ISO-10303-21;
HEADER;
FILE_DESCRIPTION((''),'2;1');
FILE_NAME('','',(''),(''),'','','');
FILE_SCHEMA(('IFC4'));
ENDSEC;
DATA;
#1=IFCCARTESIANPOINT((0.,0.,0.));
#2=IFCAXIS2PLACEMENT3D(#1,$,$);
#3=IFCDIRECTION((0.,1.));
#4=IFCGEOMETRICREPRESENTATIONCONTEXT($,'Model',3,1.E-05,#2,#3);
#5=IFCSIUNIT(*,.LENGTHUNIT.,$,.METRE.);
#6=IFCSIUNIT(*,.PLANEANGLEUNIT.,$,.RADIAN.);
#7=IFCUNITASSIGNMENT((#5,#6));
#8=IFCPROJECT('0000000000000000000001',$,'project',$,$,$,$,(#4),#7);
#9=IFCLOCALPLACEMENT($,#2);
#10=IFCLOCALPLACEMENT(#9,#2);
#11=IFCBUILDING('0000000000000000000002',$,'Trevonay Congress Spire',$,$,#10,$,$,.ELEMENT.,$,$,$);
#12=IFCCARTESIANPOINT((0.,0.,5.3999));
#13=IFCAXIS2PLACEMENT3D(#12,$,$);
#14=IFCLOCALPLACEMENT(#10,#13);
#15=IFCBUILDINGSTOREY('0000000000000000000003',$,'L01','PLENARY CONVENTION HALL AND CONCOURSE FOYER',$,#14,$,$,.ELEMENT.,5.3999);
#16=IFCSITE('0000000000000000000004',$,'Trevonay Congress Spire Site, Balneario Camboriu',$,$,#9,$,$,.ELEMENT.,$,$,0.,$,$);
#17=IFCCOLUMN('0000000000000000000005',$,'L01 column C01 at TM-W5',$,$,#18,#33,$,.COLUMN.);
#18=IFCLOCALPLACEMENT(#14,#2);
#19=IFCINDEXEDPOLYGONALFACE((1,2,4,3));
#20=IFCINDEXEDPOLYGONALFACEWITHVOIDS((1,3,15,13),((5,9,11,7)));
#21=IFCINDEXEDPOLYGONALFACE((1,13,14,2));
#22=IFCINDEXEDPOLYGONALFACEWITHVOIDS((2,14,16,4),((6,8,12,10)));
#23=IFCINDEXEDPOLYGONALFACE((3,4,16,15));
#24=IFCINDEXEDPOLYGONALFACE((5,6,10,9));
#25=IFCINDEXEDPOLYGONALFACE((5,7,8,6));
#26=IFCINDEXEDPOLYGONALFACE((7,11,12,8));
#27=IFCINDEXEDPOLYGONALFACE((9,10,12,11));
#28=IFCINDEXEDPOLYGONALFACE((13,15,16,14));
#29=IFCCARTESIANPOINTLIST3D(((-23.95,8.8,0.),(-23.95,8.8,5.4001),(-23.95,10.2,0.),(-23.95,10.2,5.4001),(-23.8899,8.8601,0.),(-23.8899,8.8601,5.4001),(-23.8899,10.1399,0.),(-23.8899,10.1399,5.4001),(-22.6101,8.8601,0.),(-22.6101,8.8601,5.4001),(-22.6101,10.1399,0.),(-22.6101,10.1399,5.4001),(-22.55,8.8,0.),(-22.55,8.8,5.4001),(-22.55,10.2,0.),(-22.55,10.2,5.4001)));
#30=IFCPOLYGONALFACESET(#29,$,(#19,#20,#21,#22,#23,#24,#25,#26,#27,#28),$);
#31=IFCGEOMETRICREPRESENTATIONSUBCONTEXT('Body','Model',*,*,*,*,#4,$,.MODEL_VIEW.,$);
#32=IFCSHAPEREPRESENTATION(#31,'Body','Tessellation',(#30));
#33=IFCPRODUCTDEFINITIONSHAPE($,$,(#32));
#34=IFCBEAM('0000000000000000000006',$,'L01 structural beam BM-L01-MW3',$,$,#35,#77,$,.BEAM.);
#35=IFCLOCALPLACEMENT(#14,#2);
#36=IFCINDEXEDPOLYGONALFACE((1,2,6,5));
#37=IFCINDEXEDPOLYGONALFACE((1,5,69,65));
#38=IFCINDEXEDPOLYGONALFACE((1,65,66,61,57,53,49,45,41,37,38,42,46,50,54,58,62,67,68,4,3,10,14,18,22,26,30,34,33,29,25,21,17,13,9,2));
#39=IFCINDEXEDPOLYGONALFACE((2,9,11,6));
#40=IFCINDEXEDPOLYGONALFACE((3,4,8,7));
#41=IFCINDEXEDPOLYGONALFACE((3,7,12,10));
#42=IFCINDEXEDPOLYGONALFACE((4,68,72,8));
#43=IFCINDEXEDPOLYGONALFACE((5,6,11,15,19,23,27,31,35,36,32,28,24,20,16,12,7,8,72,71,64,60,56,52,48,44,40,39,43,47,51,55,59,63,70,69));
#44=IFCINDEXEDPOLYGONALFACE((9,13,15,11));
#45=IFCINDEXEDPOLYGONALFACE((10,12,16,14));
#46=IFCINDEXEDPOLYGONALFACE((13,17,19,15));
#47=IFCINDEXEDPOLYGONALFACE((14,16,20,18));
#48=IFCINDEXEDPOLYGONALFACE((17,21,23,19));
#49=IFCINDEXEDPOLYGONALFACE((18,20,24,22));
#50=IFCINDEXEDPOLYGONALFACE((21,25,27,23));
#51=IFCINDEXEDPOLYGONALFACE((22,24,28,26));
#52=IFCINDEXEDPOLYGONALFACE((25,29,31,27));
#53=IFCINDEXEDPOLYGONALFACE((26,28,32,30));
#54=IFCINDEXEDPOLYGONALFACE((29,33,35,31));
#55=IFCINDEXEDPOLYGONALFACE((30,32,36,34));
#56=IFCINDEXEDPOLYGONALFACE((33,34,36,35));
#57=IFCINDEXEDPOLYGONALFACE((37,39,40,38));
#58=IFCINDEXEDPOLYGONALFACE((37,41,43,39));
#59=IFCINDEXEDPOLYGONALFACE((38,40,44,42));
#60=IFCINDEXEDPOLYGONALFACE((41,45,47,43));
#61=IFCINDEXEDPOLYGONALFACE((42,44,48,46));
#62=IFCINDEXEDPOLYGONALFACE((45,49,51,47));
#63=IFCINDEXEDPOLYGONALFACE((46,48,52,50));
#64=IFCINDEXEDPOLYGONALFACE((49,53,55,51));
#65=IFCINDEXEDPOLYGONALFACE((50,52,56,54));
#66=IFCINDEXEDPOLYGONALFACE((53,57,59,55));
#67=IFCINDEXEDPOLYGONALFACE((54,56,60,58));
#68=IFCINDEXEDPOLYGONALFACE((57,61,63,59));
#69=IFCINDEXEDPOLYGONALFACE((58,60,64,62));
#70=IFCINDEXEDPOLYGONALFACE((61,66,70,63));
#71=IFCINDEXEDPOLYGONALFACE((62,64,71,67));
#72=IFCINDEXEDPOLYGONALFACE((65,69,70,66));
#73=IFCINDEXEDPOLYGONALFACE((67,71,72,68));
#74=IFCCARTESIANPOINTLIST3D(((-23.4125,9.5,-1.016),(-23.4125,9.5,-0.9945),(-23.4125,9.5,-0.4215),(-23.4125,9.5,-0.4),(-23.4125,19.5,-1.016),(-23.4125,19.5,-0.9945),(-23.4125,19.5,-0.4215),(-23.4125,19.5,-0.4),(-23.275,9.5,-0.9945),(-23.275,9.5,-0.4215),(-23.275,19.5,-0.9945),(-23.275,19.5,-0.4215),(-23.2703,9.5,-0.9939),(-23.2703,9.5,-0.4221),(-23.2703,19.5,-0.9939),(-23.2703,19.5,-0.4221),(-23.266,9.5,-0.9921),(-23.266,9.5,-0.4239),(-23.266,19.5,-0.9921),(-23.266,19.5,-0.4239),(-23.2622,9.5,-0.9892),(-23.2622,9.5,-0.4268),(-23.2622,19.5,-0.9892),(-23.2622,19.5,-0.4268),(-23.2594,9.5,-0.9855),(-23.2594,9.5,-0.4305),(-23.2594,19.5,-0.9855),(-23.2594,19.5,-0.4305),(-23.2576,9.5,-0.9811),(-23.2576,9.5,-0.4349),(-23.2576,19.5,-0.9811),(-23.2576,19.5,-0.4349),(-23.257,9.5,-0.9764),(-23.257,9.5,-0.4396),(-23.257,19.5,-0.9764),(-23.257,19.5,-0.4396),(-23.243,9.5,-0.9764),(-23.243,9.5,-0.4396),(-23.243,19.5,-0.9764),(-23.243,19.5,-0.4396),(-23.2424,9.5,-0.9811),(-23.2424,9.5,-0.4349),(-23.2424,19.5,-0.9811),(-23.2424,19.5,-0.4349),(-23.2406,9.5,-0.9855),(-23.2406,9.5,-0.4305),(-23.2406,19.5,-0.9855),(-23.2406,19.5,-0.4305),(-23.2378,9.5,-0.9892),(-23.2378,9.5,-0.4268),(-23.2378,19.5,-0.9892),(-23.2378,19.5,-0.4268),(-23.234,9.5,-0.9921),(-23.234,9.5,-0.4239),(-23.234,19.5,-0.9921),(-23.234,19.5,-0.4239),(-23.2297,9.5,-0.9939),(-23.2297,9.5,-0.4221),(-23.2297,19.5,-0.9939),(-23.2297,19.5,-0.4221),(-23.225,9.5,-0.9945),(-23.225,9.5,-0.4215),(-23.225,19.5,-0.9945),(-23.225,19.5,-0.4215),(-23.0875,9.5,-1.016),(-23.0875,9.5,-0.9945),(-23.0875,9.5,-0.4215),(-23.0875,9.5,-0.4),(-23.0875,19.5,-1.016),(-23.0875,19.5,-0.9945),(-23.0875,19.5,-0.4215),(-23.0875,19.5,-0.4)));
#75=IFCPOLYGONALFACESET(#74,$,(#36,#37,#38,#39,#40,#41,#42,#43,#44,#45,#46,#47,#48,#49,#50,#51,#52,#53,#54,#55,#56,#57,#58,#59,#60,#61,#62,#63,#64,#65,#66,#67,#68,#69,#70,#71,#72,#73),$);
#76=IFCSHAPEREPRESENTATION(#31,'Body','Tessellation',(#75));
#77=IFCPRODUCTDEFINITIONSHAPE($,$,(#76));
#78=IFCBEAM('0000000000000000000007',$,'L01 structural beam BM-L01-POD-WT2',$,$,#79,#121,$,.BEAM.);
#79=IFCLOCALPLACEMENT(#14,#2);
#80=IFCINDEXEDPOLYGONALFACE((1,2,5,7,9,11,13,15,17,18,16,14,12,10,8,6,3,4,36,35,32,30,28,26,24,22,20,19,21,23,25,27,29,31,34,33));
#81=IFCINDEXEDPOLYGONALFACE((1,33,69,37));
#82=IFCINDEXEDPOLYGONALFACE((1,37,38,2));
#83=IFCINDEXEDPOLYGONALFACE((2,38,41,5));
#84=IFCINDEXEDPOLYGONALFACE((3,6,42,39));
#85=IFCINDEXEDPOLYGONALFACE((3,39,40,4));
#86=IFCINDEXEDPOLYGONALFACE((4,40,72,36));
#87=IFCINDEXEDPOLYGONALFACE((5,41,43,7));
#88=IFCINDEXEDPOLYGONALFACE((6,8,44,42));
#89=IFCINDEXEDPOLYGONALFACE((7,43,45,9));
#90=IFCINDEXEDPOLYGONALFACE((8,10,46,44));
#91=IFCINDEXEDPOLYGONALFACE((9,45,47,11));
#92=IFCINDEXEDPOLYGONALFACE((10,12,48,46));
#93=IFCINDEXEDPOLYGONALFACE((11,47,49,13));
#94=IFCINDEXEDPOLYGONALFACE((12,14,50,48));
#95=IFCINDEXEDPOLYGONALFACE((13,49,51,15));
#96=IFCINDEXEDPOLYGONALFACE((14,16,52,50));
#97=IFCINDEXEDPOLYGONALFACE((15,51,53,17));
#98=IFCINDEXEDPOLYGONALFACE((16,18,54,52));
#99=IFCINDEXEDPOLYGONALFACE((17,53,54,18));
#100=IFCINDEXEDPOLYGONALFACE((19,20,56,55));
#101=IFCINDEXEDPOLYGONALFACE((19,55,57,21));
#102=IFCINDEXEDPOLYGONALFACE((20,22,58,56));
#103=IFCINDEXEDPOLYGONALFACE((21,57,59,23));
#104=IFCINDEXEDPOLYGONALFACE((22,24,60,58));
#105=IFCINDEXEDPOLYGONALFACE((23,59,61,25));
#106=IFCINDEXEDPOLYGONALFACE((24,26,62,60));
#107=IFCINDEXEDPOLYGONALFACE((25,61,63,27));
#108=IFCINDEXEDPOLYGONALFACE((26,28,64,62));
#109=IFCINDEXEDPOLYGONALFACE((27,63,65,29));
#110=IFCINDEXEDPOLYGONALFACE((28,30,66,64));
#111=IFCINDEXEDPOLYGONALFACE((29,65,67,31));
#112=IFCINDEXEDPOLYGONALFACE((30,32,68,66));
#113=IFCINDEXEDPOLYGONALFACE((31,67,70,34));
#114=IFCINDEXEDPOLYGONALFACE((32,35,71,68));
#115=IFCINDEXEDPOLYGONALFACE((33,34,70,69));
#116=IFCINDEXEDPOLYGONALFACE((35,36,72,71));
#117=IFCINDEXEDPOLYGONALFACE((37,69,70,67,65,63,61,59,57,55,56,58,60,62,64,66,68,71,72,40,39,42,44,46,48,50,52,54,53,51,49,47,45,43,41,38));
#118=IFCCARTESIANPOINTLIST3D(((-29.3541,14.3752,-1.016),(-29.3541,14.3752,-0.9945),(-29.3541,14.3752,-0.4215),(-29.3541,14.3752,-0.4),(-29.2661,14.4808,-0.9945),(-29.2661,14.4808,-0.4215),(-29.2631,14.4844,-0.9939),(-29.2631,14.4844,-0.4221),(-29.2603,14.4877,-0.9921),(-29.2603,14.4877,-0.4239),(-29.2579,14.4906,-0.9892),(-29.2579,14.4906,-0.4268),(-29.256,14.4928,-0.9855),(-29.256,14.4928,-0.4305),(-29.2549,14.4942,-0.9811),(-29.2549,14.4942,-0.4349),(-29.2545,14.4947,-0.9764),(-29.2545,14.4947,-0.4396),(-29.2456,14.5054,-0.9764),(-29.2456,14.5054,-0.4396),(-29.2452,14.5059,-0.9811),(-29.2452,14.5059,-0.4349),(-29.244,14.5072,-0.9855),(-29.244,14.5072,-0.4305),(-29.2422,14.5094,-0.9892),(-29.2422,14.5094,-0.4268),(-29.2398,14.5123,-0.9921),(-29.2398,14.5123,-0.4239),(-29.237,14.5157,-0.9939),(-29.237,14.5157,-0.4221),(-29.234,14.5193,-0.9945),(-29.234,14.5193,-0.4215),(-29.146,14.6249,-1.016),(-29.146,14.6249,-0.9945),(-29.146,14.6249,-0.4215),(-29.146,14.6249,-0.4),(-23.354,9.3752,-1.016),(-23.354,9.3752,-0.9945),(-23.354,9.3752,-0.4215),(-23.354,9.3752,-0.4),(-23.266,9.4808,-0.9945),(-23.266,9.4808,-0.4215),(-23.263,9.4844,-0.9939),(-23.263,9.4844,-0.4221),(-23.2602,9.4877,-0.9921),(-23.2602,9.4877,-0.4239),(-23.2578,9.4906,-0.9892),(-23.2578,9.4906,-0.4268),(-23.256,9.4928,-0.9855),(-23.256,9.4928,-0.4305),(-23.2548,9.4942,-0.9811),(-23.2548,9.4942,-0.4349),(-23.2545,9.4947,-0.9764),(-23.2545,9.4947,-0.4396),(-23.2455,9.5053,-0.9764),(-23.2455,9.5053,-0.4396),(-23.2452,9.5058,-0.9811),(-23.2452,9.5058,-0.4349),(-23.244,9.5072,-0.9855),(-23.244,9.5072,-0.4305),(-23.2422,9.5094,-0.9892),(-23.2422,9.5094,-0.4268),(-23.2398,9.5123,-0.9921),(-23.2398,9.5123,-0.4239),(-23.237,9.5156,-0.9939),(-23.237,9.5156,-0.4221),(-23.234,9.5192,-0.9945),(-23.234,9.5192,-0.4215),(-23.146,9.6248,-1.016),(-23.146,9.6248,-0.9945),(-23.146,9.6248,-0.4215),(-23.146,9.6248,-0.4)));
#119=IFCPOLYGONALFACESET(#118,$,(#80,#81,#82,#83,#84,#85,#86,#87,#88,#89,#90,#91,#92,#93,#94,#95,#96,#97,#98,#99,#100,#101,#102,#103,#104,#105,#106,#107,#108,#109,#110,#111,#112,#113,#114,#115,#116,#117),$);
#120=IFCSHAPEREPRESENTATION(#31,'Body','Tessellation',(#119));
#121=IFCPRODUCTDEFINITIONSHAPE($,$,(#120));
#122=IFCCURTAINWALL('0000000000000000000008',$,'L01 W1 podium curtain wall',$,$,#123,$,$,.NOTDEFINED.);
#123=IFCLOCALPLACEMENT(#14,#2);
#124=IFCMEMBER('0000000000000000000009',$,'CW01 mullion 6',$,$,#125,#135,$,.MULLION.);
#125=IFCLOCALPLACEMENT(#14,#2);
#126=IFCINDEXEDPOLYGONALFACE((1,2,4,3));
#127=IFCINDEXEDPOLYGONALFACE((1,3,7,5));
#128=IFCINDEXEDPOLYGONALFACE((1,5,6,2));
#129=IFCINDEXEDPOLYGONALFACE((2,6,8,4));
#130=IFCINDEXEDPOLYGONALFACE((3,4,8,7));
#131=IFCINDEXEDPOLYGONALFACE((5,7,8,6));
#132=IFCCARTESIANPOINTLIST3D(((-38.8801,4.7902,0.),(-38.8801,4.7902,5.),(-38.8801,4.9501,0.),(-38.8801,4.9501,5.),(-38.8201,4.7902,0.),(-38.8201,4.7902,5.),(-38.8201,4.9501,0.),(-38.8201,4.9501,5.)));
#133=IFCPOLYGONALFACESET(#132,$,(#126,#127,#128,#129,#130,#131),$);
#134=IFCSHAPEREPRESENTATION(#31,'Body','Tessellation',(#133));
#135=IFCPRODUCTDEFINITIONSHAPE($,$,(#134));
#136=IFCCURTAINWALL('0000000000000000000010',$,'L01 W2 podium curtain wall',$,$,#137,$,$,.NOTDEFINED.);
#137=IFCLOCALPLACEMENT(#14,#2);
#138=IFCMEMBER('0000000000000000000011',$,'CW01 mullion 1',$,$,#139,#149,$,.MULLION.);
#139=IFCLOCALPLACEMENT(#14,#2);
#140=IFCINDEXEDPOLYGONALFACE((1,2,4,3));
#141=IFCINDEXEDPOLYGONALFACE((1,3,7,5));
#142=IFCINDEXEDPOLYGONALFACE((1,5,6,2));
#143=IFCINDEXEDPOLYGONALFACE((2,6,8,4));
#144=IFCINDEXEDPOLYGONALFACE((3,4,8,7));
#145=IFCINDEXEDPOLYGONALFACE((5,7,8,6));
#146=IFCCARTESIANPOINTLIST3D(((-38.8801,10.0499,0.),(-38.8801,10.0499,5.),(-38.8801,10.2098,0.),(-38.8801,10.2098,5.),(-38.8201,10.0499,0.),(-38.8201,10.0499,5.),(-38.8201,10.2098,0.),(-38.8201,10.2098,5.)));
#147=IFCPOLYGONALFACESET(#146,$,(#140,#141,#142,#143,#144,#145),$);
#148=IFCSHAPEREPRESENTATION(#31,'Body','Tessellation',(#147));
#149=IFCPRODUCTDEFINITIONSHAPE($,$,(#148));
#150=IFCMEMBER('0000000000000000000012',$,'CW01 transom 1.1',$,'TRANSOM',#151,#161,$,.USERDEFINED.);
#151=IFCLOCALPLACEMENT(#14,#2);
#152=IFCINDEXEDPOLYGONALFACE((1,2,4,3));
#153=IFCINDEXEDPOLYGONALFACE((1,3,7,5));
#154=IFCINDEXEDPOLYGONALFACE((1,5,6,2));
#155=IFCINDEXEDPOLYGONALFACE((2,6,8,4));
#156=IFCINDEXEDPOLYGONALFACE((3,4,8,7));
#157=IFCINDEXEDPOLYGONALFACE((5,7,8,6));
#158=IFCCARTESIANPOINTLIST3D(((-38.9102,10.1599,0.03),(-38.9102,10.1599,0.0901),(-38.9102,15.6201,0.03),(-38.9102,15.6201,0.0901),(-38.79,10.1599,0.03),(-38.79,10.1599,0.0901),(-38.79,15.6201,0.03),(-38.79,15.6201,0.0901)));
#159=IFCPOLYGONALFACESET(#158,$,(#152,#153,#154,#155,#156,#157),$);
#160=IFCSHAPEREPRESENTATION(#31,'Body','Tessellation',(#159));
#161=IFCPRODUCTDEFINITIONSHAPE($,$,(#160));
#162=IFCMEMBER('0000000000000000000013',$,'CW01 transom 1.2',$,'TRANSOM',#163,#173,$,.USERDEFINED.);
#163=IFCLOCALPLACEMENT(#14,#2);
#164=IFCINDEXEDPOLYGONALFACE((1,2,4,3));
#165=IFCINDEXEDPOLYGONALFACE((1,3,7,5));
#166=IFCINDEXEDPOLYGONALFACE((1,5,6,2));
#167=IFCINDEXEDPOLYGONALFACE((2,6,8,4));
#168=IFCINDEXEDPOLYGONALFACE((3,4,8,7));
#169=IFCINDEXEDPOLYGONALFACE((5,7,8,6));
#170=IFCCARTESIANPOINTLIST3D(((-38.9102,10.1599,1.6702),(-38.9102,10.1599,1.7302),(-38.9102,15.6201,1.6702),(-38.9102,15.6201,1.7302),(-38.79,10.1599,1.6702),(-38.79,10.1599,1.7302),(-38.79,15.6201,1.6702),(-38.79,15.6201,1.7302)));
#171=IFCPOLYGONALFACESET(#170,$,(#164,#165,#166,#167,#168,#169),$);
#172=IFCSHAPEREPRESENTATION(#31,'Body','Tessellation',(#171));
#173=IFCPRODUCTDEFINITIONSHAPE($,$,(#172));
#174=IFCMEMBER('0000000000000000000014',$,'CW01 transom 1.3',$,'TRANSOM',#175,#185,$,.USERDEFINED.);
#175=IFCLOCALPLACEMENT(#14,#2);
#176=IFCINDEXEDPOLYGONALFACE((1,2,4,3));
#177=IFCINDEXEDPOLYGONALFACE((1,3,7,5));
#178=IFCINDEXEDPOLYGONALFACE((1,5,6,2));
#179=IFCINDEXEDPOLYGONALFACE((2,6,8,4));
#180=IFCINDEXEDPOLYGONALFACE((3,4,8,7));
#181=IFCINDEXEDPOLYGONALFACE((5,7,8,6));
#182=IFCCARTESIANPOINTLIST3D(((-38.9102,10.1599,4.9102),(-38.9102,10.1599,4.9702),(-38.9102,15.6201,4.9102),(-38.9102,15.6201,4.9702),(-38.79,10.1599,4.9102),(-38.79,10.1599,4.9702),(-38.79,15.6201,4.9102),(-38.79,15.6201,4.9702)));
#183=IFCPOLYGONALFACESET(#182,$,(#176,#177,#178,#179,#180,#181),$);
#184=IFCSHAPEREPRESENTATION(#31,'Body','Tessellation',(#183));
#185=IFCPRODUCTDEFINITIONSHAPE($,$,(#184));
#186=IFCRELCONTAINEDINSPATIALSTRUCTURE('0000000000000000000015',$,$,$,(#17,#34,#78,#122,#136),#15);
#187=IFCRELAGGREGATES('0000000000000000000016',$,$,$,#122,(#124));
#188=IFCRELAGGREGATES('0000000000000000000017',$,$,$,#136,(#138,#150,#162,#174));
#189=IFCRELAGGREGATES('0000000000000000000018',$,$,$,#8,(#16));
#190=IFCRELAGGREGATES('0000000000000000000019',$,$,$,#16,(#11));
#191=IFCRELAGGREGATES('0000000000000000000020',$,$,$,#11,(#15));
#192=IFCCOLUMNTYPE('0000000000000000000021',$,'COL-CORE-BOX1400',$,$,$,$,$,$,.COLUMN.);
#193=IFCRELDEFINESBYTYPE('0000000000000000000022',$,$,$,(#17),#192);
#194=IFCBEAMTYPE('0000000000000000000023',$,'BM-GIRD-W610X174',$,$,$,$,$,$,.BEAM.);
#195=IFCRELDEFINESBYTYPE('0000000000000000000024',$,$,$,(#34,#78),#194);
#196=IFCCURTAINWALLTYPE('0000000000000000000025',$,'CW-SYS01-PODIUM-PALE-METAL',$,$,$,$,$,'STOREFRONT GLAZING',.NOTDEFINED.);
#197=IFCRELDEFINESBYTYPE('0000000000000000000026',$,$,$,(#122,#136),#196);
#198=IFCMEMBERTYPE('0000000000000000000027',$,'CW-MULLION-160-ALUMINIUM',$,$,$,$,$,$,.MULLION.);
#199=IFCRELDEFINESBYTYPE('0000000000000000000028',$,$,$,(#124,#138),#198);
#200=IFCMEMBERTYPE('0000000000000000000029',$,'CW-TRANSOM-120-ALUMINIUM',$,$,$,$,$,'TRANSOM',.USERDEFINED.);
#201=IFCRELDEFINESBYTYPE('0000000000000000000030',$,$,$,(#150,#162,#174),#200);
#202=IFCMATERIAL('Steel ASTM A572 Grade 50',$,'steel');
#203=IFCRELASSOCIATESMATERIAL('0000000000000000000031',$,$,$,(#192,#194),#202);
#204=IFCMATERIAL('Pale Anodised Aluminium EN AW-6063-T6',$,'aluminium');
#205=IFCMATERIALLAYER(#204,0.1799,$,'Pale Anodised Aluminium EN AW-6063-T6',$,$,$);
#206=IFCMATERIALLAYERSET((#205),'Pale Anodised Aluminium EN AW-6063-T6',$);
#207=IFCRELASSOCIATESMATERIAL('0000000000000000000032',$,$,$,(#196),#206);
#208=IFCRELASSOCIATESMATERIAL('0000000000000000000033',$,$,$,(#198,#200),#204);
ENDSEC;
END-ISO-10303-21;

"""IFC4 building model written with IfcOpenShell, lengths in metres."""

from ifc_helpers import new_model, si_unit, direction, frame, origin, origin_2d, place, context, subcontext, project, spatial, rectangle, hollow_rectangle, i_section, extrude, material, layer, layer_set, material_profile, profile_set, type_object, element, aggregate, save


model = new_model("IFC4")

# Units and contexts
model_context = context("Model", 3, precision=1e-05, world=origin(), true_north=direction((0.0, 1.0)))
body_context = subcontext(model_context, "Body", "Model", "MODEL_VIEW")
ifc_project = project(units=[si_unit("LENGTHUNIT", "METRE"), si_unit("PLANEANGLEUNIT", "RADIAN")], contexts=[model_context])

# Site, building, storey
site_placement = place(None, origin())
site = spatial("IfcSite", under=ifc_project, at=site_placement, Name="Trevonay Congress Spire Site, Balneario Camboriu", CompositionType="ELEMENT", RefElevation=0.0)
building_placement = place(site_placement, origin())
building = spatial("IfcBuilding", under=site, at=building_placement, Name="Trevonay Congress Spire", CompositionType="ELEMENT")
storey_placement = place(building_placement, frame((0.0, 0.0, 5.3999)))
storey = spatial("IfcBuildingStorey", under=building, at=storey_placement, Name="L01", Description="PLENARY CONVENTION HALL AND CONCOURSE FOYER", CompositionType="ELEMENT", Elevation=5.3999)

# Column
ifc_material_1 = material(Name="Steel ASTM A572 Grade 50", Category="steel")
ifc_material_profile_1 = material_profile(ifc_material_1, hollow_rectangle(XDim=1.3999, YDim=1.3999, WallThickness=0.0601, at=origin_2d()), Name="BOX 1400x1400x60")
ifc_profile_set_1 = profile_set([ifc_material_profile_1], Name="Steel ASTM A572 Grade 50")
column_type = type_object("IfcColumnType", Name="COL-CORE-BOX1400", PredefinedType="COLUMN", material=ifc_profile_set_1)
column_placement = place(storey_placement, frame((-23.25, 9.5, 0.0), z_axis=(0.0, 0.0, 1.0), x_axis=(1.0, 0.0, 0.0)))
element("IfcColumn", 1, at=column_placement, inside=storey, type_object=column_type, Name="L01 column C01 at TM-W5", PredefinedType="COLUMN", context=body_context, shape_type="SweptSolid", body=[
    extrude(hollow_rectangle(XDim=1.3999, YDim=1.3999, WallThickness=0.0601, at=origin_2d()), origin(), (0.0, 0.0, 1.0), 5.4001),
])

# Beams
ifc_material_profile_2 = material_profile(ifc_material_1, i_section(OverallWidth=0.325, OverallDepth=0.616, WebThickness=0.0139, FlangeThickness=0.0215, FilletRadius=0.0181, at=origin_2d()), Name="W610x174")
ifc_profile_set_2 = profile_set([ifc_material_profile_2], Name="Steel ASTM A572 Grade 50")
beam_type_1 = type_object("IfcBeamType", Name="BM-GIRD-W610X174", PredefinedType="BEAM", material=ifc_profile_set_2)
beam_1_placement = place(storey_placement, frame((-23.25, 9.5, -0.708), z_axis=(0.0, 1.0, 0.0), x_axis=(-1.0, 0.0, 0.0)))
element("IfcBeam", 2, at=beam_1_placement, inside=storey, type_object=beam_type_1, Name="L01 structural beam BM-L01-MW3", PredefinedType="BEAM", context=body_context, shape_type="SweptSolid", body=[
    extrude(i_section(OverallWidth=0.325, OverallDepth=0.616, WebThickness=0.0139, FlangeThickness=0.0215, FilletRadius=0.0181, at=origin_2d()), origin(), (0.0, 0.0, 1.0), 10.0),
])
beam_2_placement = place(storey_placement, frame((-23.25, 9.5, -0.708), z_axis=(-0.768221, 0.640184, 0.0), x_axis=(-0.640184, -0.768221, 0.0)))
element("IfcBeam", 3, at=beam_2_placement, inside=storey, type_object=beam_type_1, Name="L01 structural beam BM-L01-POD-WT2", PredefinedType="BEAM", context=body_context, shape_type="SweptSolid", body=[
    extrude(i_section(OverallWidth=0.325, OverallDepth=0.616, WebThickness=0.0139, FlangeThickness=0.0215, FilletRadius=0.0181, at=origin_2d()), origin(), (0.0, 0.0, 1.0), 7.8103),
])

# Curtain wall, member
ifc_material_2 = material(Name="Pale Anodised Aluminium EN AW-6063-T6", Category="aluminium")
ifc_layer_1 = layer(ifc_material_2, 0.1799, Name="Pale Anodised Aluminium EN AW-6063-T6")
ifc_layer_set_1 = layer_set([ifc_layer_1], Name="Pale Anodised Aluminium EN AW-6063-T6")
curtain_wall_type = type_object("IfcCurtainWallType", Name="CW-SYS01-PODIUM-PALE-METAL", ElementType="STOREFRONT GLAZING", PredefinedType="NOTDEFINED", material=ifc_layer_set_1)
curtain_wall_1_placement = place(storey_placement, origin())
curtain_wall_1 = element("IfcCurtainWall", 4, at=curtain_wall_1_placement, inside=storey, type_object=curtain_wall_type, Name="L01 W1 podium curtain wall", PredefinedType="NOTDEFINED")
ifc_material_profile_3 = material_profile(ifc_material_2, rectangle(XDim=0.0601, YDim=0.1599, at=origin_2d()), Name="CW-MULLION-160-ALUMINIUM")
ifc_profile_set_3 = profile_set([ifc_material_profile_3], Name="Pale Anodised Aluminium EN AW-6063-T6")
member_type_1 = type_object("IfcMemberType", Name="CW-MULLION-160-ALUMINIUM", PredefinedType="MULLION", material=ifc_profile_set_3)
member_1_placement = place(storey_placement, frame((-38.8501, 4.8701, 0.0), z_axis=(0.0, 0.0, 1.0), x_axis=(-1.0, 0.0, 0.0)))
member_1 = element("IfcMember", 5, at=member_1_placement, type_object=member_type_1, Name="CW01 mullion 6", PredefinedType="MULLION", context=body_context, shape_type="SweptSolid", body=[
    extrude(rectangle(XDim=0.0601, YDim=0.1599, at=origin_2d()), origin(), (0.0, 0.0, 1.0), 5.0),
])

# Curtain wall, members
curtain_wall_2_placement = place(storey_placement, origin())
curtain_wall_2 = element("IfcCurtainWall", 6, at=curtain_wall_2_placement, inside=storey, type_object=curtain_wall_type, Name="L01 W2 podium curtain wall", PredefinedType="NOTDEFINED")
member_2_placement = place(storey_placement, frame((-38.8501, 10.1299, 0.0), z_axis=(0.0, 0.0, 1.0), x_axis=(-1.0, 0.0, 0.0)))
member_2 = element("IfcMember", 7, at=member_2_placement, type_object=member_type_1, Name="CW01 mullion 1", PredefinedType="MULLION", context=body_context, shape_type="SweptSolid", body=[
    extrude(rectangle(XDim=0.0601, YDim=0.1599, at=origin_2d()), origin(), (0.0, 0.0, 1.0), 5.0),
])
ifc_material_profile_4 = material_profile(ifc_material_2, rectangle(XDim=0.1201, YDim=0.0601, at=origin_2d()), Name="CW-TRANSOM-120-ALUMINIUM")
ifc_profile_set_4 = profile_set([ifc_material_profile_4], Name="Pale Anodised Aluminium EN AW-6063-T6")
member_type_2 = type_object("IfcMemberType", Name="CW-TRANSOM-120-ALUMINIUM", ElementType="TRANSOM", PredefinedType="USERDEFINED", material=ifc_profile_set_4)
member_3_placement = place(storey_placement, frame((-38.8501, 10.1599, 0.0601), z_axis=(0.0, 1.0, 0.0), x_axis=(-1.0, 0.0, 0.0)))
member_3 = element("IfcMember", 8, at=member_3_placement, type_object=member_type_2, Name="CW01 transom 1.1", ObjectType="TRANSOM", PredefinedType="USERDEFINED", context=body_context, shape_type="SweptSolid", body=[
    extrude(rectangle(XDim=0.1201, YDim=0.0601, at=origin_2d()), origin(), (0.0, 0.0, 1.0), 5.4602),
])
member_4_placement = place(storey_placement, frame((-38.8501, 10.1599, 1.7002), z_axis=(0.0, 1.0, 0.0), x_axis=(-1.0, 0.0, 0.0)))
member_4 = element("IfcMember", 9, at=member_4_placement, type_object=member_type_2, Name="CW01 transom 1.2", ObjectType="TRANSOM", PredefinedType="USERDEFINED", context=body_context, shape_type="SweptSolid", body=[
    extrude(rectangle(XDim=0.1201, YDim=0.0601, at=origin_2d()), origin(), (0.0, 0.0, 1.0), 5.4602),
])
member_5_placement = place(storey_placement, frame((-38.8501, 10.1599, 4.9402), z_axis=(0.0, 1.0, 0.0), x_axis=(-1.0, 0.0, 0.0)))
member_5 = element("IfcMember", 10, at=member_5_placement, type_object=member_type_2, Name="CW01 transom 1.3", ObjectType="TRANSOM", PredefinedType="USERDEFINED", context=body_context, shape_type="SweptSolid", body=[
    extrude(rectangle(XDim=0.1201, YDim=0.0601, at=origin_2d()), origin(), (0.0, 0.0, 1.0), 5.4602),
])

aggregate(curtain_wall_1, [member_1])
aggregate(curtain_wall_2, [member_2, member_3, member_4, member_5])

save(model, "model.ifc")
